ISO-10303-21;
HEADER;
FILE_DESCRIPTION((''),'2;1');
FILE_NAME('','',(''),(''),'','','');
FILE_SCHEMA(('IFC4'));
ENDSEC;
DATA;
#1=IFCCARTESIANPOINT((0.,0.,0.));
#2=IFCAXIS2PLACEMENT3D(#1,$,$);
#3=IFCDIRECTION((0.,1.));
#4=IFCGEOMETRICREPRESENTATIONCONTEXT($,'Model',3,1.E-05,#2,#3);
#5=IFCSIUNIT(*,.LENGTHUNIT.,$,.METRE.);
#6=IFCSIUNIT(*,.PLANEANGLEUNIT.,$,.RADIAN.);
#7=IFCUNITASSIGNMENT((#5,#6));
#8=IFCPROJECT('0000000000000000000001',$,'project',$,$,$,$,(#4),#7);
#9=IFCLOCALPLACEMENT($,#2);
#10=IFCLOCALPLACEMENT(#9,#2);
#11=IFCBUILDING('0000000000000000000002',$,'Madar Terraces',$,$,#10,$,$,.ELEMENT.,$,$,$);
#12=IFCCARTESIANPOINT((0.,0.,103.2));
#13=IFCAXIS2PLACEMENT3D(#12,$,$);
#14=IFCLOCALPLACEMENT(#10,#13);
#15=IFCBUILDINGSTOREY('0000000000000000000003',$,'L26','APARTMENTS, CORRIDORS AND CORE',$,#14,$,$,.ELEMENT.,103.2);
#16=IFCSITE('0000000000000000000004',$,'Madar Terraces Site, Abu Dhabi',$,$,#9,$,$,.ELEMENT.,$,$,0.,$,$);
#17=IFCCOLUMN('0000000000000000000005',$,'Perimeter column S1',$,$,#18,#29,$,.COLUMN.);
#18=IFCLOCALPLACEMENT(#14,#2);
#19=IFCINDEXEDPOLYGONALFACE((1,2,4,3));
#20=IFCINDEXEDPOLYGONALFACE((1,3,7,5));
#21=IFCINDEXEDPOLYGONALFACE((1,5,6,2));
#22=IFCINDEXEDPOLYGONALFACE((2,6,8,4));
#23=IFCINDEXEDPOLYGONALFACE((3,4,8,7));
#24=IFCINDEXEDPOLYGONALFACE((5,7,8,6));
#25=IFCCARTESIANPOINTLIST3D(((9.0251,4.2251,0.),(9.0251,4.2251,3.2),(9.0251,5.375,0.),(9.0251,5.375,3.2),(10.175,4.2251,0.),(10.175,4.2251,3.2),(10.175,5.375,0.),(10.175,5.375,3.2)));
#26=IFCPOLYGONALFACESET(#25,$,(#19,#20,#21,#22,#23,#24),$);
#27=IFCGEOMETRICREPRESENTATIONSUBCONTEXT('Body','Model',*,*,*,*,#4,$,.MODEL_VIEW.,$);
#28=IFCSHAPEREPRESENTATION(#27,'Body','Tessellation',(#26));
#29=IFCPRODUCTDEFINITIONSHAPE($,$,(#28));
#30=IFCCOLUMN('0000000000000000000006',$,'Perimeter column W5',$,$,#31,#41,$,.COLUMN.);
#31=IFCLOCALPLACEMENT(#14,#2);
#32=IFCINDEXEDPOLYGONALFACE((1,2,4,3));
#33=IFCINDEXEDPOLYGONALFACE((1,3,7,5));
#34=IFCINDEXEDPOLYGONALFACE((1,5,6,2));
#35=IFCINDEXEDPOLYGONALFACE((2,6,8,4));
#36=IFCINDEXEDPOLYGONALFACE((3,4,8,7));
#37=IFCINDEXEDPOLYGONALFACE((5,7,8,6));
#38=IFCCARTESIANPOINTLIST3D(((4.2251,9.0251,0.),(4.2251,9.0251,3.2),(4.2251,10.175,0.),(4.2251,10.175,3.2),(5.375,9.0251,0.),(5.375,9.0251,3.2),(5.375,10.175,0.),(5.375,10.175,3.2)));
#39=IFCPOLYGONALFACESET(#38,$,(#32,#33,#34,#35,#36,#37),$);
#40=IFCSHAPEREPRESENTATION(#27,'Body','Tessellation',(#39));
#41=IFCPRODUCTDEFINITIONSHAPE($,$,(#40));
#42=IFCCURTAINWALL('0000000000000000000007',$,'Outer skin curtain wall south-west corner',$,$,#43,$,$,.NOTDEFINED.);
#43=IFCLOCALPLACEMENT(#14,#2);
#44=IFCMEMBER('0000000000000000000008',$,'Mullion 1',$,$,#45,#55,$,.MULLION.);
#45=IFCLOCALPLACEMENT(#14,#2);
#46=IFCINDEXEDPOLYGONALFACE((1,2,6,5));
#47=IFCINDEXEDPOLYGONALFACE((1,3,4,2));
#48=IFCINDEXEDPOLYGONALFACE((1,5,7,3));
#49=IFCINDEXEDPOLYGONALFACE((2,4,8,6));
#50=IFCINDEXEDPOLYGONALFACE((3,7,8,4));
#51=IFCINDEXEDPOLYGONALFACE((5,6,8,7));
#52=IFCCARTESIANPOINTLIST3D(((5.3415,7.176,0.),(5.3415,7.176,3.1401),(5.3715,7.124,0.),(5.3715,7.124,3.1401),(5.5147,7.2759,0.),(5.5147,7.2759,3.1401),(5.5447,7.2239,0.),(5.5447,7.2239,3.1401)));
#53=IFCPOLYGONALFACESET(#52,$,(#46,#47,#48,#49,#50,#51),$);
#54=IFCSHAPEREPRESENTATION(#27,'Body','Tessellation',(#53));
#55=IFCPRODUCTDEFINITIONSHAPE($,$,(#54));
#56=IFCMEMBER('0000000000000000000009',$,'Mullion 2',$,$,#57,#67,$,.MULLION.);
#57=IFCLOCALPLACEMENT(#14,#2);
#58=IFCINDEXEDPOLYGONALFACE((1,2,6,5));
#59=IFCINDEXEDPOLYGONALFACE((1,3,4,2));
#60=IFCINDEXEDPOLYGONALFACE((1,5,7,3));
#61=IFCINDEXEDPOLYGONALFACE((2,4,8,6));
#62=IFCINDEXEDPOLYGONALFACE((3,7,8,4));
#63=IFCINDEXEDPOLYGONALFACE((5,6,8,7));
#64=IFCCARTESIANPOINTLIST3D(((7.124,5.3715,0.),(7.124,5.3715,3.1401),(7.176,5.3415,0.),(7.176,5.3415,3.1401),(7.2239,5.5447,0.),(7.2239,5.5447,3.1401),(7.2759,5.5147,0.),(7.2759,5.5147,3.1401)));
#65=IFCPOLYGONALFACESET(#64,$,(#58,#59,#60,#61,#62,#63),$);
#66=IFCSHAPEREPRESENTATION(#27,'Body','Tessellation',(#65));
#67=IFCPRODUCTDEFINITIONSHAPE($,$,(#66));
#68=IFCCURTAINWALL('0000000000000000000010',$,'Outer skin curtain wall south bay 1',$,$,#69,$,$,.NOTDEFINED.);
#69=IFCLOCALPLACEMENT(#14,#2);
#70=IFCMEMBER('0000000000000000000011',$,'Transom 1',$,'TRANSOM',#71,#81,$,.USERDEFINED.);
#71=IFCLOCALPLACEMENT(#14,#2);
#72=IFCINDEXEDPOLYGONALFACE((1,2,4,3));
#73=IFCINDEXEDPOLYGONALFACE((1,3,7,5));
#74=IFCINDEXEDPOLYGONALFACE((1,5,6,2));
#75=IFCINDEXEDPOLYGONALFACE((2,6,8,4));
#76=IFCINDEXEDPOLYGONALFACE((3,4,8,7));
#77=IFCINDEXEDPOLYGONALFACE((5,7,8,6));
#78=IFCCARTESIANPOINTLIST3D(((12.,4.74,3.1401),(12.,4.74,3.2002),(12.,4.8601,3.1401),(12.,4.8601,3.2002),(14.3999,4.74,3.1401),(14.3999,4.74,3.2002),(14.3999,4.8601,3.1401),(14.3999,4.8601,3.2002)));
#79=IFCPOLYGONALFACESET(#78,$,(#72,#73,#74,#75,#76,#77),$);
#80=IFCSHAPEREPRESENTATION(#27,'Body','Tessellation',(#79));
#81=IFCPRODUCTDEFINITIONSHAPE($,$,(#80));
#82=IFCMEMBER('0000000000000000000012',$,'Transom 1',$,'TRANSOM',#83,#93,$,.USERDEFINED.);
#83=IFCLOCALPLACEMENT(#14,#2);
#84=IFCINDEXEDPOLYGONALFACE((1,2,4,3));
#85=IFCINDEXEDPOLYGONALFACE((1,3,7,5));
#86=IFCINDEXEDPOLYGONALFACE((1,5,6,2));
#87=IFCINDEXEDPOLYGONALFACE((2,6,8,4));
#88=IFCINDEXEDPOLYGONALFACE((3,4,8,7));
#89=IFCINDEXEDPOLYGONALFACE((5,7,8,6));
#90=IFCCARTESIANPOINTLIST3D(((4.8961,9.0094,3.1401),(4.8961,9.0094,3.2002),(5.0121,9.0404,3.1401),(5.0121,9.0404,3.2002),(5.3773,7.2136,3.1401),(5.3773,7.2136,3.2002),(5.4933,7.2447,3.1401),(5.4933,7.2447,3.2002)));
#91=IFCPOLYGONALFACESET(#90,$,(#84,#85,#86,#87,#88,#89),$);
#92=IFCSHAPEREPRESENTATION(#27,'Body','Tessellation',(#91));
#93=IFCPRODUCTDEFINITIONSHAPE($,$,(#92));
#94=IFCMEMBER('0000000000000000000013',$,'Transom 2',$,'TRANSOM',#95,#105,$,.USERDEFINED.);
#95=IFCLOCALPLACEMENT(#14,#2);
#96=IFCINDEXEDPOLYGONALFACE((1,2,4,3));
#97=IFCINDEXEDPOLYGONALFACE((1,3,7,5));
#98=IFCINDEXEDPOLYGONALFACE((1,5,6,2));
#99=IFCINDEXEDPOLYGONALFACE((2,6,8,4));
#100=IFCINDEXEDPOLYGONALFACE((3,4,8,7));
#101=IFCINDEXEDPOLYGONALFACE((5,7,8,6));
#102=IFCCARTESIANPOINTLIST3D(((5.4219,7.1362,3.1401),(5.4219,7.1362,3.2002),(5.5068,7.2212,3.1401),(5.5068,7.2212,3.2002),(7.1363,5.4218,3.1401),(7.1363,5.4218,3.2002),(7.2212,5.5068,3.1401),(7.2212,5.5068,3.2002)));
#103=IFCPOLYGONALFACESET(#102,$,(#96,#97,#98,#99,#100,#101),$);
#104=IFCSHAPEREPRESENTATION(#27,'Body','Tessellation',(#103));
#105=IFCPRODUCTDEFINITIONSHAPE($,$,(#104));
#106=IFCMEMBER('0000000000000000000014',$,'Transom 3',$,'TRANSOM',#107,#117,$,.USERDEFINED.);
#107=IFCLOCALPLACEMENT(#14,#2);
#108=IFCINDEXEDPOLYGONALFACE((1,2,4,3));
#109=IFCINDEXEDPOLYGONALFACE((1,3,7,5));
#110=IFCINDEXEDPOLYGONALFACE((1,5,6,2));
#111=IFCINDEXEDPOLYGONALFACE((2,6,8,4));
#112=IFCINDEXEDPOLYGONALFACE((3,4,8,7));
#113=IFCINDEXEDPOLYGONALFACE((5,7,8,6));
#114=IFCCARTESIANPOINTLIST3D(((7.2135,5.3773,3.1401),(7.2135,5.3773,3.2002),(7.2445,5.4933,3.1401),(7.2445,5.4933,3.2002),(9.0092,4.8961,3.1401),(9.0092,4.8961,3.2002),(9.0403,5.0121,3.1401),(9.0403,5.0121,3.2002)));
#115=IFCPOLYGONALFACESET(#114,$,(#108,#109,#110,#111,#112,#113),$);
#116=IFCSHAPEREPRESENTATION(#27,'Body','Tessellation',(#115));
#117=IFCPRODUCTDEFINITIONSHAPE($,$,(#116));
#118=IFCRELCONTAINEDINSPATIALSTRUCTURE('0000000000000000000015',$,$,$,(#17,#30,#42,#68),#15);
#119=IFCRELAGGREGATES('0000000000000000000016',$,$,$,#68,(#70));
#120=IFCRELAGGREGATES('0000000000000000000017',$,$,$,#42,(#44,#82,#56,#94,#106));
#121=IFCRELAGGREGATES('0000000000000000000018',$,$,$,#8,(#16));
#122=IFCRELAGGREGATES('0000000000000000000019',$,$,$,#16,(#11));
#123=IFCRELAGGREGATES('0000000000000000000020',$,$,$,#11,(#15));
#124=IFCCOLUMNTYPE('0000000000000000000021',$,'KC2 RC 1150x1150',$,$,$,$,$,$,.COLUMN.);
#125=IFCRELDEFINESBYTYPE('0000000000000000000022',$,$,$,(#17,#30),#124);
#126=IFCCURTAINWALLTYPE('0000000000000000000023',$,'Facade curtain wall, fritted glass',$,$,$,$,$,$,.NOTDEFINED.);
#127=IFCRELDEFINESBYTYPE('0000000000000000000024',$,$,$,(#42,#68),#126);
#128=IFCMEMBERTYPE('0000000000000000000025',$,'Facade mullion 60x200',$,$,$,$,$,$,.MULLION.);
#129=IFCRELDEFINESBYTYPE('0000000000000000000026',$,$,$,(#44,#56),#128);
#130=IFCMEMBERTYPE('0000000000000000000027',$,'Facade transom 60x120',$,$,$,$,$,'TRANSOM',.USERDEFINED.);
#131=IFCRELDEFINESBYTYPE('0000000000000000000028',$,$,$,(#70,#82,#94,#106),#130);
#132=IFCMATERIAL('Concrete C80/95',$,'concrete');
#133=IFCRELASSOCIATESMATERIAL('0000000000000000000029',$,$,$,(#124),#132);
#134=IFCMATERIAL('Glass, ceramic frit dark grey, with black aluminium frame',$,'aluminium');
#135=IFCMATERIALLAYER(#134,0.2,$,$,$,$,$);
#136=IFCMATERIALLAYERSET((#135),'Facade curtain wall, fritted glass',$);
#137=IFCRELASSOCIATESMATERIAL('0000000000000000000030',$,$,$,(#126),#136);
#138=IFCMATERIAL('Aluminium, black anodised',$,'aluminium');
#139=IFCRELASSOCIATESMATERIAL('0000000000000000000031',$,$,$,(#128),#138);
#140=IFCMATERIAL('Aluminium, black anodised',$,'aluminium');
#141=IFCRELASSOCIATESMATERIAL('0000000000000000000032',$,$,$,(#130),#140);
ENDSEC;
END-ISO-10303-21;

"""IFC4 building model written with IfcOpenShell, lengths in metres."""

from ifc_helpers import new_model, si_unit, direction, frame, origin, origin_2d, place, context, subcontext, project, spatial, rectangle, extrude, material, layer, layer_set, material_profile, profile_set, type_object, element, aggregate, save


model = new_model("IFC4")

# Units and contexts
model_context = context("Model", 3, precision=1e-05, world=origin(), true_north=direction((0.0, 1.0)))
body_context = subcontext(model_context, "Body", "Model", "MODEL_VIEW")
ifc_project = project(units=[si_unit("LENGTHUNIT", "METRE"), si_unit("PLANEANGLEUNIT", "RADIAN")], contexts=[model_context])

# Site, building, storey
site_placement = place(None, origin())
site = spatial("IfcSite", under=ifc_project, at=site_placement, Name="Madar Terraces Site, Abu Dhabi", CompositionType="ELEMENT", RefElevation=0.0)
building_placement = place(site_placement, origin())
building = spatial("IfcBuilding", under=site, at=building_placement, Name="Madar Terraces", CompositionType="ELEMENT")
storey_placement = place(building_placement, frame((0.0, 0.0, 103.2)))
storey = spatial("IfcBuildingStorey", under=building, at=storey_placement, Name="L26", Description="APARTMENTS, CORRIDORS AND CORE", CompositionType="ELEMENT", Elevation=103.2)

# Columns
ifc_material_1 = material(Name="Concrete C80/95", Category="concrete")
ifc_material_profile_1 = material_profile(ifc_material_1, rectangle(XDim=1.1499, YDim=1.1499, at=origin_2d()), Name="KC2 RC 1150x1150")
ifc_profile_set_1 = profile_set([ifc_material_profile_1], Name="Concrete C80/95")
column_type = type_object("IfcColumnType", Name="KC2 RC 1150x1150", PredefinedType="COLUMN", material=ifc_profile_set_1)
for number, where, z_axis, x_axis, name in (
    (1, (9.6001, 4.8, 0.0), (0.0, 0.0, 1.0), (1.0, 0.0, 0.0), "Perimeter column S1"),
    (2, (4.8, 9.6001, 0.0), (0.0, 0.0, 1.0), (1.0, 0.0, 0.0), "Perimeter column W5"),
):
    element("IfcColumn", number, at=place(storey_placement, frame(where, z_axis=z_axis, x_axis=x_axis)), inside=storey, type_object=column_type, Name=name, PredefinedType="COLUMN", context=body_context, shape_type="SweptSolid", body=[
        extrude(rectangle(XDim=1.1499, YDim=1.1499, at=origin_2d()), origin(), (0.0, 0.0, 1.0), 3.2),
    ])

# Curtain wall, members
ifc_material_2 = material(Name="Glass, ceramic frit dark grey, with black aluminium frame", Category="aluminium")
ifc_layer_1 = layer(ifc_material_2, 0.2)
ifc_layer_set_1 = layer_set([ifc_layer_1], Name="Facade curtain wall, fritted glass")
curtain_wall_type = type_object("IfcCurtainWallType", Name="Facade curtain wall, fritted glass", PredefinedType="NOTDEFINED", material=ifc_layer_set_1)
curtain_wall_1_placement = place(storey_placement, origin())
curtain_wall_1 = element("IfcCurtainWall", 3, at=curtain_wall_1_placement, inside=storey, type_object=curtain_wall_type, Name="Outer skin curtain wall south-west corner", PredefinedType="NOTDEFINED")
ifc_material_3 = material(Name="Aluminium, black anodised", Category="aluminium")
ifc_material_profile_2 = material_profile(ifc_material_3, rectangle(XDim=0.2, YDim=0.0601, at=origin_2d()), Name="Facade mullion 60x200")
ifc_profile_set_2 = profile_set([ifc_material_profile_2], Name="Aluminium, black anodised")
member_type_1 = type_object("IfcMemberType", Name="Facade mullion 60x200", PredefinedType="MULLION", material=ifc_profile_set_2)
member_1_placement = place(storey_placement, frame((5.4431, 7.2, 0.0), z_axis=(0.0, 0.0, 1.0), x_axis=(0.866025, 0.5, 0.0)))
member_1 = element("IfcMember", 4, at=member_1_placement, type_object=member_type_1, Name="Mullion 1", PredefinedType="MULLION", context=body_context, shape_type="SweptSolid", body=[
    extrude(rectangle(XDim=0.2, YDim=0.0601, at=origin_2d()), origin(), (0.0, 0.0, 1.0), 3.1401),
])
member_2_placement = place(storey_placement, frame((7.2, 5.4431, 0.0), z_axis=(0.0, 0.0, 1.0), x_axis=(0.5, 0.866025, 0.0)))
member_2 = element("IfcMember", 5, at=member_2_placement, type_object=member_type_1, Name="Mullion 2", PredefinedType="MULLION", context=body_context, shape_type="SweptSolid", body=[
    extrude(rectangle(XDim=0.2, YDim=0.0601, at=origin_2d()), origin(), (0.0, 0.0, 1.0), 3.1401),
])

# Curtain wall, member
curtain_wall_2_placement = place(storey_placement, origin())
curtain_wall_2 = element("IfcCurtainWall", 6, at=curtain_wall_2_placement, inside=storey, type_object=curtain_wall_type, Name="Outer skin curtain wall south bay 1", PredefinedType="NOTDEFINED")
ifc_material_4 = material(Name="Aluminium, black anodised", Category="aluminium")
ifc_material_profile_3 = material_profile(ifc_material_4, rectangle(XDim=0.1201, YDim=0.0601, at=origin_2d()), Name="Facade transom 60x120")
ifc_profile_set_3 = profile_set([ifc_material_profile_3], Name="Aluminium, black anodised")
member_type_2 = type_object("IfcMemberType", Name="Facade transom 60x120", ElementType="TRANSOM", PredefinedType="USERDEFINED", material=ifc_profile_set_3)
member_3_placement = place(storey_placement, frame((12.0, 4.8, 3.1702), z_axis=(1.0, 0.0, 0.0), x_axis=(0.0, 1.0, 0.0)))
member_3 = element("IfcMember", 7, at=member_3_placement, type_object=member_type_2, Name="Transom 1", ObjectType="TRANSOM", PredefinedType="USERDEFINED", context=body_context, shape_type="SweptSolid", body=[
    extrude(rectangle(XDim=0.1201, YDim=0.0601, at=origin_2d()), origin(), (0.0, 0.0, 1.0), 2.3999),
])

# Members
member_4_placement = place(storey_placement, frame((4.9541, 9.0249, 3.1702), z_axis=(0.258815, -0.965927, 0.0), x_axis=(0.965927, 0.258815, 0.0)))
member_4 = element("IfcMember", 8, at=member_4_placement, type_object=member_type_2, Name="Transom 1", ObjectType="TRANSOM", PredefinedType="USERDEFINED", context=body_context, shape_type="SweptSolid", body=[
    extrude(rectangle(XDim=0.1201, YDim=0.0601, at=origin_2d()), origin(), (0.0, 0.0, 1.0), 1.8591),
])
member_5_placement = place(storey_placement, frame((5.4644, 7.1787, 3.1702), z_axis=(0.707107, -0.707107, 0.0), x_axis=(0.707107, 0.707107, 0.0)))
member_5 = element("IfcMember", 9, at=member_5_placement, type_object=member_type_2, Name="Transom 2", ObjectType="TRANSOM", PredefinedType="USERDEFINED", context=body_context, shape_type="SweptSolid", body=[
    extrude(rectangle(XDim=0.1201, YDim=0.0601, at=origin_2d()), origin(), (0.0, 0.0, 1.0), 2.4246),
])
member_6_placement = place(storey_placement, frame((7.229, 5.4353, 3.1702), z_axis=(0.965927, -0.258815, 0.0), x_axis=(0.258815, 0.965927, 0.0)))
member_6 = element("IfcMember", 10, at=member_6_placement, type_object=member_type_2, Name="Transom 3", ObjectType="TRANSOM", PredefinedType="USERDEFINED", context=body_context, shape_type="SweptSolid", body=[
    extrude(rectangle(XDim=0.1201, YDim=0.0601, at=origin_2d()), origin(), (0.0, 0.0, 1.0), 1.8591),
])

aggregate(curtain_wall_2, [member_3])
aggregate(curtain_wall_1, [member_1, member_4, member_2, member_5, member_6])

save(model, "model.ifc")
